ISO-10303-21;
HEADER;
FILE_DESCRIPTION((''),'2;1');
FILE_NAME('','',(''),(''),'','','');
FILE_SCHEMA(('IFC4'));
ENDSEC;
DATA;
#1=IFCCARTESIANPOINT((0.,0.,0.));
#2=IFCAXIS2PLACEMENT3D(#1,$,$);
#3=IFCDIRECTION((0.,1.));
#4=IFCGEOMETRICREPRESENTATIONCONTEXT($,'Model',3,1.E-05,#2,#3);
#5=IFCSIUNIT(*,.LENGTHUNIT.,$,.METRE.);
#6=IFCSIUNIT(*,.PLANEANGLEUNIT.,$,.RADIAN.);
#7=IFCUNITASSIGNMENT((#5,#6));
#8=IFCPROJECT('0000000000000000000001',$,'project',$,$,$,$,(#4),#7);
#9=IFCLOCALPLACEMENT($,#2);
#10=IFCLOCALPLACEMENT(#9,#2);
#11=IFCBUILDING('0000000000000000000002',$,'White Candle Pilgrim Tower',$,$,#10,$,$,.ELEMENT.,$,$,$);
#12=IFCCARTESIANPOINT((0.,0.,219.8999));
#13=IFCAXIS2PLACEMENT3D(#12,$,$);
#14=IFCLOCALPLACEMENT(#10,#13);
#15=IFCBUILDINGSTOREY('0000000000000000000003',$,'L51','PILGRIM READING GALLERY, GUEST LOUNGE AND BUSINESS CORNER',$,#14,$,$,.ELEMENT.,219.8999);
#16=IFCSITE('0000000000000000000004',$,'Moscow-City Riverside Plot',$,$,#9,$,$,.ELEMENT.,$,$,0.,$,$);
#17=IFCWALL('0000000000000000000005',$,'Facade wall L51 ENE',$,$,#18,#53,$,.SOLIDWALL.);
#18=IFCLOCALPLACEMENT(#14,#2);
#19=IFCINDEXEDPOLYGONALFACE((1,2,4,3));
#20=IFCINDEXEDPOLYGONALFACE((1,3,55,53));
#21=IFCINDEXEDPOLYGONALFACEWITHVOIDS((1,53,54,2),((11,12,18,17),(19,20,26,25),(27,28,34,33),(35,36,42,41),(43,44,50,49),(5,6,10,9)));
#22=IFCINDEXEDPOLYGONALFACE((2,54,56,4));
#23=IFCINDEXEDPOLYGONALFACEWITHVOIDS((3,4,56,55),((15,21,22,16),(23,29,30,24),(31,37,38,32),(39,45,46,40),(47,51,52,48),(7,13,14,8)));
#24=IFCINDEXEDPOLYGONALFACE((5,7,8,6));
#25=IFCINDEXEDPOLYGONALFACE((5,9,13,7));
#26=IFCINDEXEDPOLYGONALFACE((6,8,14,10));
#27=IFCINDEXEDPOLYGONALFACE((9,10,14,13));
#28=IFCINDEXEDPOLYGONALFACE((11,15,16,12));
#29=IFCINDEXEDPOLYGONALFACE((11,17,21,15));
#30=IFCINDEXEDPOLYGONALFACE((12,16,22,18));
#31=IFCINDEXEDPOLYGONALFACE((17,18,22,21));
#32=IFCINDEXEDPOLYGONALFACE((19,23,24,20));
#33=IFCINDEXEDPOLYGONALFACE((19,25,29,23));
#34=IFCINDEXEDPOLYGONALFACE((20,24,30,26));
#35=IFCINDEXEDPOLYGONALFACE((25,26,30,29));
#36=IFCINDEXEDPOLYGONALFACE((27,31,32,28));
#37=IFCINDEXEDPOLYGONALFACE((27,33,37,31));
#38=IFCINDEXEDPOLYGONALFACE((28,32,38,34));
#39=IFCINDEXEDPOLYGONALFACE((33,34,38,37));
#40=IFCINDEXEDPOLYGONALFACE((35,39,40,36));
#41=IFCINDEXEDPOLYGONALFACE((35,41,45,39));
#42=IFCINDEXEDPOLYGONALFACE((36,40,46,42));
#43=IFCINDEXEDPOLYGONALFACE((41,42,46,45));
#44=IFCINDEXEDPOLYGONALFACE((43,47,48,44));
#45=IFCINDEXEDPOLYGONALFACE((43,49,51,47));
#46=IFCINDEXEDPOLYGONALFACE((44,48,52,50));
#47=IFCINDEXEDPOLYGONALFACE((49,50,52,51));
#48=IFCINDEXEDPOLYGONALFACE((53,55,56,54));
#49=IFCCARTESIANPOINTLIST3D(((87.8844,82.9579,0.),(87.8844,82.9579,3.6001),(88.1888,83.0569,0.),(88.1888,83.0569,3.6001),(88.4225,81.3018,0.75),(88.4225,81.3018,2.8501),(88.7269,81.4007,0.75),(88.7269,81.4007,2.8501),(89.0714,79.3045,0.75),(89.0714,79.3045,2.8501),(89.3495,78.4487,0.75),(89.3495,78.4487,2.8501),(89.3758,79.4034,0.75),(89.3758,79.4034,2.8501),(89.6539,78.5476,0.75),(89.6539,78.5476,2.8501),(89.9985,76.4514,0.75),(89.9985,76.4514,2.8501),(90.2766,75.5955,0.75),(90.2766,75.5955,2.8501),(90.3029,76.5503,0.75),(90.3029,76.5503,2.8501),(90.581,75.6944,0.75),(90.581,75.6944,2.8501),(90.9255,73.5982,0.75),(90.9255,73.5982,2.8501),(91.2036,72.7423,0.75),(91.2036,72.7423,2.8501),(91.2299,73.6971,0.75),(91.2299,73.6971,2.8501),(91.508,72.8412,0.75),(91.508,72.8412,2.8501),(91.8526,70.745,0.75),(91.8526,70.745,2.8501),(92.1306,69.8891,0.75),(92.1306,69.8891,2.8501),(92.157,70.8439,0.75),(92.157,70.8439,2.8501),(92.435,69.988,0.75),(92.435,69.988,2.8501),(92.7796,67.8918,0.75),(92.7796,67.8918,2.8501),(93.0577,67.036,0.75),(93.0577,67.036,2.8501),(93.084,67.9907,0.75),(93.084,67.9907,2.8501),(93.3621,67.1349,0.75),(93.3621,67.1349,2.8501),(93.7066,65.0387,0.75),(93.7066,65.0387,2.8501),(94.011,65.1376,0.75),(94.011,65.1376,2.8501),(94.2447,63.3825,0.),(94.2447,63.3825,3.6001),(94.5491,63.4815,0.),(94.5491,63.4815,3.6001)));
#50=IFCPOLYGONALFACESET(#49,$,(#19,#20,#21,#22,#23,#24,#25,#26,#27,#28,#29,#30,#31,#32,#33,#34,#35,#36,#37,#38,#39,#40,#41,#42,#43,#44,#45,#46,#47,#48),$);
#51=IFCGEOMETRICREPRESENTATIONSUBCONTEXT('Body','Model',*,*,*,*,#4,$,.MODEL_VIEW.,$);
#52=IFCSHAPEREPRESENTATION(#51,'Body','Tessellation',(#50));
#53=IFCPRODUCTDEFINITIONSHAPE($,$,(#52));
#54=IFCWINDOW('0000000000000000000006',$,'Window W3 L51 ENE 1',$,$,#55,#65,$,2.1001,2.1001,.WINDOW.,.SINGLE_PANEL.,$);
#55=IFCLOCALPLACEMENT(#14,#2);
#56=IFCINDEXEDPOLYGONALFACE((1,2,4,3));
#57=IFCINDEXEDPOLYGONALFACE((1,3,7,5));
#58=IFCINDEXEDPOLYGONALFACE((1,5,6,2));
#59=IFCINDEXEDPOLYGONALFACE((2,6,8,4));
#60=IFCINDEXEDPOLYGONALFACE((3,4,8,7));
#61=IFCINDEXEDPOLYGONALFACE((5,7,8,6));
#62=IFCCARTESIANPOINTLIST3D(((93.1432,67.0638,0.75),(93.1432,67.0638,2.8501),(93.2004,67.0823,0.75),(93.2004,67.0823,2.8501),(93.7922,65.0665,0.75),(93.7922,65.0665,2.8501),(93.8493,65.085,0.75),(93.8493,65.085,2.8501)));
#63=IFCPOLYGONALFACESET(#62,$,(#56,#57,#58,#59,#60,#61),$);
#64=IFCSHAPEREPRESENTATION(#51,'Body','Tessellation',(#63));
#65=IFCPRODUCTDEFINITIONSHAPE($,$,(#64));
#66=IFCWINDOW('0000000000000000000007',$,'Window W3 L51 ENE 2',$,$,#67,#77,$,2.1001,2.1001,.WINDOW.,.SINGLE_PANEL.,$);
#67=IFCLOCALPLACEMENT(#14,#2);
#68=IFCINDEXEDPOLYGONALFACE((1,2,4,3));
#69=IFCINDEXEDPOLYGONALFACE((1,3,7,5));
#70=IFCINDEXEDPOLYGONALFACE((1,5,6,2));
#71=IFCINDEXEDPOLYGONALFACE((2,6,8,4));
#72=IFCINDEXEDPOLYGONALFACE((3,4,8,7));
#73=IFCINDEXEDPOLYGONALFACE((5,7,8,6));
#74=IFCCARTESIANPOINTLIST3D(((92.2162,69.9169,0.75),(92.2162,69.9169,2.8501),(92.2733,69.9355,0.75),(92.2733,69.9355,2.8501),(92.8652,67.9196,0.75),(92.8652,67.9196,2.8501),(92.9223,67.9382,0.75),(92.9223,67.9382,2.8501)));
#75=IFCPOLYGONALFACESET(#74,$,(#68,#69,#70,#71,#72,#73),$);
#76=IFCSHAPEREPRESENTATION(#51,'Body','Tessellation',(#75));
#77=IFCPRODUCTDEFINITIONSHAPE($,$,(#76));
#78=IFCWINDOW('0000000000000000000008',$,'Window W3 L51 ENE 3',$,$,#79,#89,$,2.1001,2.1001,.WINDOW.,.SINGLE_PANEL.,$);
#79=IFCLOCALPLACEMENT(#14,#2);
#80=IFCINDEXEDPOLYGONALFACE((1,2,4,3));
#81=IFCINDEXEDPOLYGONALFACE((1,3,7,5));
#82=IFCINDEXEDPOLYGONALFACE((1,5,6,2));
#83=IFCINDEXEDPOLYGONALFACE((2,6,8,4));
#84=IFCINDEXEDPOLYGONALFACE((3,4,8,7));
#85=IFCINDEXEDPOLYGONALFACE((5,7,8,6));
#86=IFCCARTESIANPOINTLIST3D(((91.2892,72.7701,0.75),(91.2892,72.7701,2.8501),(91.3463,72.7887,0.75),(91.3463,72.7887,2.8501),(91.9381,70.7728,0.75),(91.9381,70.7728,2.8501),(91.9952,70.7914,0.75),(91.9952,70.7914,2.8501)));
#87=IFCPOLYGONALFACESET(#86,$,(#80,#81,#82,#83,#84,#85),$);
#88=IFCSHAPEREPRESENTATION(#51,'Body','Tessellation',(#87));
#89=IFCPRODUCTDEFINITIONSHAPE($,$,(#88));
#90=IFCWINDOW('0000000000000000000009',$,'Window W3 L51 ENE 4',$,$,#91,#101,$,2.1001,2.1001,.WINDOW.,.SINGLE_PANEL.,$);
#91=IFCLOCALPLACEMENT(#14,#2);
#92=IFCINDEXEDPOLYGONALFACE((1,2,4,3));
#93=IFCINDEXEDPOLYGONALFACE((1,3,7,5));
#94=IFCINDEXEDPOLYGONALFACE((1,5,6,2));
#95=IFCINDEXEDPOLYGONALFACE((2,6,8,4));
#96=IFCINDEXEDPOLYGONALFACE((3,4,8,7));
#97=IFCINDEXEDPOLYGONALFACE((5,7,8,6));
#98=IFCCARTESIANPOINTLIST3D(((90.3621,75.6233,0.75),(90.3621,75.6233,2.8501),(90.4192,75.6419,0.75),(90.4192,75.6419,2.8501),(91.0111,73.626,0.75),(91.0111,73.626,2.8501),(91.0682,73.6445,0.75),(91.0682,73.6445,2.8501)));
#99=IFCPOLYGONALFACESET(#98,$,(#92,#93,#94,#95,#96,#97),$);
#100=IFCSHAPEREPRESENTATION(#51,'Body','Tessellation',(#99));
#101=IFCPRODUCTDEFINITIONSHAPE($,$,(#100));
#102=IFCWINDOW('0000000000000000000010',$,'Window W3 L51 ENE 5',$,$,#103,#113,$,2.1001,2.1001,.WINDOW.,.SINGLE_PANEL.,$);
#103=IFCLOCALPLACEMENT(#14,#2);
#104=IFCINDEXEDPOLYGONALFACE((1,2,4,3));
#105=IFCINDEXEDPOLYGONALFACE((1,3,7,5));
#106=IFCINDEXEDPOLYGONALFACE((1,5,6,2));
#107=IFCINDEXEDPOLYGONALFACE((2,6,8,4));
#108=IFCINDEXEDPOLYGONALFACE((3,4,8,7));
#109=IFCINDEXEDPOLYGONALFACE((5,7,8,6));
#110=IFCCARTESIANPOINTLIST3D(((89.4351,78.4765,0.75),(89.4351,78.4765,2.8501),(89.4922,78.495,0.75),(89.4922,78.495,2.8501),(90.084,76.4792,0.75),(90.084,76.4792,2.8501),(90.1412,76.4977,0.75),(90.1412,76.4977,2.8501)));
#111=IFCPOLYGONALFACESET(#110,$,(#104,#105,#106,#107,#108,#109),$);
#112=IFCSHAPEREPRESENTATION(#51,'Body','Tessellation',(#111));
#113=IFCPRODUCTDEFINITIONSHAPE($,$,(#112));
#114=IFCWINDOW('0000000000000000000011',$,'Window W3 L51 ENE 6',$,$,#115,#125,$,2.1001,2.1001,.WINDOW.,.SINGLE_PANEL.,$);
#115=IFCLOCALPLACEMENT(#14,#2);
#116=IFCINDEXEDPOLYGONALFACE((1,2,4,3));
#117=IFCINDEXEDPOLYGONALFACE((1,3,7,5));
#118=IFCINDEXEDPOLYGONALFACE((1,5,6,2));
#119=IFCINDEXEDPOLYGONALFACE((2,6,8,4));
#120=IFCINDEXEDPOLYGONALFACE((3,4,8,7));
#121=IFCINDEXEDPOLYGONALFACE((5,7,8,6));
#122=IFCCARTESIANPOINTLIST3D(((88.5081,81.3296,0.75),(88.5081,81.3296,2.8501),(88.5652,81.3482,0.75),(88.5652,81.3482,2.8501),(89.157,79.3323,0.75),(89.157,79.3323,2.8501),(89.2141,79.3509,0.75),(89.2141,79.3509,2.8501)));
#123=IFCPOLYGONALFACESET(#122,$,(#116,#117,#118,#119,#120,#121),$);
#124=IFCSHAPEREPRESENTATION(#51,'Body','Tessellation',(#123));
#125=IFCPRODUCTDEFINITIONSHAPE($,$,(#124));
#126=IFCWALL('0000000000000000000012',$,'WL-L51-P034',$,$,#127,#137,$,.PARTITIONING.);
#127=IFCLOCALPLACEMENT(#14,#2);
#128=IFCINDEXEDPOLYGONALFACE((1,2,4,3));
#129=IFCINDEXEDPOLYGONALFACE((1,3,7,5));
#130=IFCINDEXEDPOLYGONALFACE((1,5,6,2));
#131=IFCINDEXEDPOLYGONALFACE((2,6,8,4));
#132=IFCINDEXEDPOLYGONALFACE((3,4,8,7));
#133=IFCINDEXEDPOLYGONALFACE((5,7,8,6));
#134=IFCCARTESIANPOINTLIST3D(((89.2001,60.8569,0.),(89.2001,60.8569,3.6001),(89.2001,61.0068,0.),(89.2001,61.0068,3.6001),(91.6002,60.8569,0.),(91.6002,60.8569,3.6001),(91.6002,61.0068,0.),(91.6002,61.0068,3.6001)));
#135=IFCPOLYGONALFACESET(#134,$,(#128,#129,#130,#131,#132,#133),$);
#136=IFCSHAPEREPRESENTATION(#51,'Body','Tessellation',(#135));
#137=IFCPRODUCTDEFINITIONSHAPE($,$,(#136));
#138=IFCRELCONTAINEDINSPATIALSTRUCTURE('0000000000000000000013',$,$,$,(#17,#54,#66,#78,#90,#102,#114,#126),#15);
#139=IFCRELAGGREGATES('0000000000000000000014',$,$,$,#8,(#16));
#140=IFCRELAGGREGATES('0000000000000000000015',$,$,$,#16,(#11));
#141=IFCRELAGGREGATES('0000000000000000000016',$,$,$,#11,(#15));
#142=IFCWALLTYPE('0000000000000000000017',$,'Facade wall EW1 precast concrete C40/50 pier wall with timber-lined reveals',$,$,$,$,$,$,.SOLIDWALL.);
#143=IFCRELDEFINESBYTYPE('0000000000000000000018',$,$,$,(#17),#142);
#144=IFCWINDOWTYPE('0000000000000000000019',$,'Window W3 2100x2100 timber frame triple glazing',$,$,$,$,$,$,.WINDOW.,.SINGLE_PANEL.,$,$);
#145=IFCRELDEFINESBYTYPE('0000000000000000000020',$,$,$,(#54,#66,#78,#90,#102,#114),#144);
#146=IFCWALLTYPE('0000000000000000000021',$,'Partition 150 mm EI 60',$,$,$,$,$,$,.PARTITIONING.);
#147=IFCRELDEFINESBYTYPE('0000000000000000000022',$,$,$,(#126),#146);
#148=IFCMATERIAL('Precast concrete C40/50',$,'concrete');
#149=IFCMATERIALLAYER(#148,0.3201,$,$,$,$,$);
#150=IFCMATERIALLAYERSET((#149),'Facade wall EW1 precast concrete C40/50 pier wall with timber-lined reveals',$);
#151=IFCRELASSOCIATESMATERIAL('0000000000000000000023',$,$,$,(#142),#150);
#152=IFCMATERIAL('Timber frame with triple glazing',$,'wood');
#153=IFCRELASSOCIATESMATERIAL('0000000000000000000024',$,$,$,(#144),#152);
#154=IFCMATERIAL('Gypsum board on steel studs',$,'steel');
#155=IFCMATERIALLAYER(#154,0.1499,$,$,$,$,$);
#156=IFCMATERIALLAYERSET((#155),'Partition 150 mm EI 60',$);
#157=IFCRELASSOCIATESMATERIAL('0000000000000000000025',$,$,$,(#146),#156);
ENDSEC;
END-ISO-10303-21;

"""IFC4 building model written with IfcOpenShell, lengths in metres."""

from ifc_helpers import new_model, si_unit, direction, frame, frame_2d, origin, place, context, subcontext, project, spatial, rectangle, extrude, material, layer, layer_set, type_object, element, fill, save


model = new_model("IFC4")

# Units and contexts
model_context = context("Model", 3, precision=1e-05, world=origin(), true_north=direction((0.0, 1.0)))
body_context = subcontext(model_context, "Body", "Model", "MODEL_VIEW")
ifc_project = project(units=[si_unit("LENGTHUNIT", "METRE"), si_unit("PLANEANGLEUNIT", "RADIAN")], contexts=[model_context])

# Site, building, storey
site_placement = place(None, origin())
site = spatial("IfcSite", under=ifc_project, at=site_placement, Name="Moscow-City Riverside Plot", CompositionType="ELEMENT", RefElevation=0.0)
building_placement = place(site_placement, origin())
building = spatial("IfcBuilding", under=site, at=building_placement, Name="White Candle Pilgrim Tower", CompositionType="ELEMENT")
storey_placement = place(building_placement, frame((0.0, 0.0, 219.8999)))
storey = spatial("IfcBuildingStorey", under=building, at=storey_placement, Name="L51", Description="PILGRIM READING GALLERY, GUEST LOUNGE AND BUSINESS CORNER", CompositionType="ELEMENT", Elevation=219.8999)

# Shared definitions
ifc_material_1 = material(Name="Gypsum board on steel studs", Category="steel")

# Wall, openings, windows
ifc_material_2 = material(Name="Precast concrete C40/50", Category="concrete")
ifc_layer_1 = layer(ifc_material_2, 0.3201)
ifc_layer_set_1 = layer_set([ifc_layer_1], Name="Facade wall EW1 precast concrete C40/50 pier wall with timber-lined reveals")
wall_type_1 = type_object("IfcWallType", Name="Facade wall EW1 precast concrete C40/50 pier wall with timber-lined reveals", PredefinedType="SOLIDWALL", material=ifc_layer_set_1)
wall_1_placement = place(storey_placement, frame((94.397, 63.4319, 0.0), z_axis=(0.0, 0.0, 1.0), x_axis=(-0.309013, 0.951058, 0.0)))
wall_1 = element("IfcWall", 1, at=wall_1_placement, inside=storey, type_object=wall_type_1, Name="Facade wall L51 ENE", PredefinedType="SOLIDWALL", context=body_context, shape_type="SweptSolid", body=[
    extrude(rectangle(XDim=20.5828, YDim=0.3201, at=frame_2d((10.2915, 0.0))), origin(), (0.0, 0.0, 1.0), 3.6001),
])
opening_1_placement = place(wall_1_placement, frame((1.7415, 0.0, 0.75)))
opening_1 = element("IfcOpeningElement", 2, at=opening_1_placement, cuts=wall_1, PredefinedType="OPENING", context=body_context, shape_type="SweptSolid", body=[
    extrude(rectangle(XDim=2.1001, YDim=2.1001, at=frame_2d((1.05, 1.05))), frame((0.0, 0.1699, 0.0), z_axis=(0.0, -1.0, 0.0), x_axis=(1.0, 0.0, 0.0)), (0.0, 0.0, 1.0), 0.3401),
])
opening_2_placement = place(wall_1_placement, frame((4.7415, 0.0, 0.75)))
opening_2 = element("IfcOpeningElement", 3, at=opening_2_placement, cuts=wall_1, PredefinedType="OPENING", context=body_context, shape_type="SweptSolid", body=[
    extrude(rectangle(XDim=2.1001, YDim=2.1001, at=frame_2d((1.05, 1.05))), frame((0.0, 0.1699, 0.0), z_axis=(0.0, -1.0, 0.0), x_axis=(1.0, 0.0, 0.0)), (0.0, 0.0, 1.0), 0.3401),
])
opening_3_placement = place(wall_1_placement, frame((7.7415, 0.0, 0.75)))
opening_3 = element("IfcOpeningElement", 4, at=opening_3_placement, cuts=wall_1, PredefinedType="OPENING", context=body_context, shape_type="SweptSolid", body=[
    extrude(rectangle(XDim=2.1001, YDim=2.1001, at=frame_2d((1.05, 1.05))), frame((0.0, 0.1699, 0.0), z_axis=(0.0, -1.0, 0.0), x_axis=(1.0, 0.0, 0.0)), (0.0, 0.0, 1.0), 0.3401),
])
opening_4_placement = place(wall_1_placement, frame((10.7415, 0.0, 0.75)))
opening_4 = element("IfcOpeningElement", 5, at=opening_4_placement, cuts=wall_1, PredefinedType="OPENING", context=body_context, shape_type="SweptSolid", body=[
    extrude(rectangle(XDim=2.1001, YDim=2.1001, at=frame_2d((1.05, 1.05))), frame((0.0, 0.1699, 0.0), z_axis=(0.0, -1.0, 0.0), x_axis=(1.0, 0.0, 0.0)), (0.0, 0.0, 1.0), 0.3401),
])
opening_5_placement = place(wall_1_placement, frame((13.7415, 0.0, 0.75)))
opening_5 = element("IfcOpeningElement", 6, at=opening_5_placement, cuts=wall_1, PredefinedType="OPENING", context=body_context, shape_type="SweptSolid", body=[
    extrude(rectangle(XDim=2.1001, YDim=2.1001, at=frame_2d((1.05, 1.05))), frame((0.0, 0.1699, 0.0), z_axis=(0.0, -1.0, 0.0), x_axis=(1.0, 0.0, 0.0)), (0.0, 0.0, 1.0), 0.3401),
])
opening_6_placement = place(wall_1_placement, frame((16.7415, 0.0, 0.75)))
opening_6 = element("IfcOpeningElement", 7, at=opening_6_placement, cuts=wall_1, PredefinedType="OPENING", context=body_context, shape_type="SweptSolid", body=[
    extrude(rectangle(XDim=2.1001, YDim=2.1001, at=frame_2d((1.05, 1.05))), frame((0.0, 0.1699, 0.0), z_axis=(0.0, -1.0, 0.0), x_axis=(1.0, 0.0, 0.0)), (0.0, 0.0, 1.0), 0.3401),
])
ifc_material_3 = material(Name="Timber frame with triple glazing", Category="wood")
window_type = type_object("IfcWindowType", Name="Window W3 2100x2100 timber frame triple glazing", PartitioningType="SINGLE_PANEL", PredefinedType="WINDOW", material=ifc_material_3)
window_1_placement = place(opening_1_placement, origin())
window_1 = element("IfcWindow", 8, at=window_1_placement, inside=storey, type_object=window_type, Name="Window W3 L51 ENE 1", OverallHeight=2.1001, OverallWidth=2.1001, PartitioningType="SINGLE_PANEL", PredefinedType="WINDOW", context=body_context, shape_type="SweptSolid", body=[
    extrude(rectangle(XDim=2.1001, YDim=2.1001, at=frame_2d((1.05, 1.05))), frame((0.0, 0.0701, 0.0), z_axis=(0.0, -1.0, 0.0), x_axis=(1.0, 0.0, 0.0)), (0.0, 0.0, 1.0), 0.0601),
])
fill(opening_1, window_1)
window_2_placement = place(opening_2_placement, origin())
window_2 = element("IfcWindow", 9, at=window_2_placement, inside=storey, type_object=window_type, Name="Window W3 L51 ENE 2", OverallHeight=2.1001, OverallWidth=2.1001, PartitioningType="SINGLE_PANEL", PredefinedType="WINDOW", context=body_context, shape_type="SweptSolid", body=[
    extrude(rectangle(XDim=2.1001, YDim=2.1001, at=frame_2d((1.05, 1.05))), frame((0.0, 0.0701, 0.0), z_axis=(0.0, -1.0, 0.0), x_axis=(1.0, 0.0, 0.0)), (0.0, 0.0, 1.0), 0.0601),
])
fill(opening_2, window_2)
window_3_placement = place(opening_3_placement, origin())
window_3 = element("IfcWindow", 10, at=window_3_placement, inside=storey, type_object=window_type, Name="Window W3 L51 ENE 3", OverallHeight=2.1001, OverallWidth=2.1001, PartitioningType="SINGLE_PANEL", PredefinedType="WINDOW", context=body_context, shape_type="SweptSolid", body=[
    extrude(rectangle(XDim=2.1001, YDim=2.1001, at=frame_2d((1.05, 1.05))), frame((0.0, 0.0701, 0.0), z_axis=(0.0, -1.0, 0.0), x_axis=(1.0, 0.0, 0.0)), (0.0, 0.0, 1.0), 0.0601),
])
fill(opening_3, window_3)
window_4_placement = place(opening_4_placement, origin())
window_4 = element("IfcWindow", 11, at=window_4_placement, inside=storey, type_object=window_type, Name="Window W3 L51 ENE 4", OverallHeight=2.1001, OverallWidth=2.1001, PartitioningType="SINGLE_PANEL", PredefinedType="WINDOW", context=body_context, shape_type="SweptSolid", body=[
    extrude(rectangle(XDim=2.1001, YDim=2.1001, at=frame_2d((1.05, 1.05))), frame((0.0, 0.0701, 0.0), z_axis=(0.0, -1.0, 0.0), x_axis=(1.0, 0.0, 0.0)), (0.0, 0.0, 1.0), 0.0601),
])
fill(opening_4, window_4)
window_5_placement = place(opening_5_placement, origin())
window_5 = element("IfcWindow", 12, at=window_5_placement, inside=storey, type_object=window_type, Name="Window W3 L51 ENE 5", OverallHeight=2.1001, OverallWidth=2.1001, PartitioningType="SINGLE_PANEL", PredefinedType="WINDOW", context=body_context, shape_type="SweptSolid", body=[
    extrude(rectangle(XDim=2.1001, YDim=2.1001, at=frame_2d((1.05, 1.05))), frame((0.0, 0.0701, 0.0), z_axis=(0.0, -1.0, 0.0), x_axis=(1.0, 0.0, 0.0)), (0.0, 0.0, 1.0), 0.0601),
])
fill(opening_5, window_5)
window_6_placement = place(opening_6_placement, origin())
window_6 = element("IfcWindow", 13, at=window_6_placement, inside=storey, type_object=window_type, Name="Window W3 L51 ENE 6", OverallHeight=2.1001, OverallWidth=2.1001, PartitioningType="SINGLE_PANEL", PredefinedType="WINDOW", context=body_context, shape_type="SweptSolid", body=[
    extrude(rectangle(XDim=2.1001, YDim=2.1001, at=frame_2d((1.05, 1.05))), frame((0.0, 0.0701, 0.0), z_axis=(0.0, -1.0, 0.0), x_axis=(1.0, 0.0, 0.0)), (0.0, 0.0, 1.0), 0.0601),
])
fill(opening_6, window_6)

# Wall
ifc_layer_2 = layer(ifc_material_1, 0.1499)
ifc_layer_set_2 = layer_set([ifc_layer_2], Name="Partition 150 mm EI 60")
wall_type_2 = type_object("IfcWallType", Name="Partition 150 mm EI 60", PredefinedType="PARTITIONING", material=ifc_layer_set_2)
wall_2_placement = place(storey_placement, frame((89.2, 60.9319, 0.0), z_axis=(0.0, 0.0, 1.0), x_axis=(1.0, 0.0, 0.0)))
element("IfcWall", 14, at=wall_2_placement, inside=storey, type_object=wall_type_2, Name="WL-L51-P034", PredefinedType="PARTITIONING", context=body_context, shape_type="SweptSolid", body=[
    extrude(rectangle(XDim=2.4001, YDim=0.1499, at=frame_2d((1.2002, 0.0))), origin(), (0.0, 0.0, 1.0), 3.6001),
])

save(model, "model.ifc")
